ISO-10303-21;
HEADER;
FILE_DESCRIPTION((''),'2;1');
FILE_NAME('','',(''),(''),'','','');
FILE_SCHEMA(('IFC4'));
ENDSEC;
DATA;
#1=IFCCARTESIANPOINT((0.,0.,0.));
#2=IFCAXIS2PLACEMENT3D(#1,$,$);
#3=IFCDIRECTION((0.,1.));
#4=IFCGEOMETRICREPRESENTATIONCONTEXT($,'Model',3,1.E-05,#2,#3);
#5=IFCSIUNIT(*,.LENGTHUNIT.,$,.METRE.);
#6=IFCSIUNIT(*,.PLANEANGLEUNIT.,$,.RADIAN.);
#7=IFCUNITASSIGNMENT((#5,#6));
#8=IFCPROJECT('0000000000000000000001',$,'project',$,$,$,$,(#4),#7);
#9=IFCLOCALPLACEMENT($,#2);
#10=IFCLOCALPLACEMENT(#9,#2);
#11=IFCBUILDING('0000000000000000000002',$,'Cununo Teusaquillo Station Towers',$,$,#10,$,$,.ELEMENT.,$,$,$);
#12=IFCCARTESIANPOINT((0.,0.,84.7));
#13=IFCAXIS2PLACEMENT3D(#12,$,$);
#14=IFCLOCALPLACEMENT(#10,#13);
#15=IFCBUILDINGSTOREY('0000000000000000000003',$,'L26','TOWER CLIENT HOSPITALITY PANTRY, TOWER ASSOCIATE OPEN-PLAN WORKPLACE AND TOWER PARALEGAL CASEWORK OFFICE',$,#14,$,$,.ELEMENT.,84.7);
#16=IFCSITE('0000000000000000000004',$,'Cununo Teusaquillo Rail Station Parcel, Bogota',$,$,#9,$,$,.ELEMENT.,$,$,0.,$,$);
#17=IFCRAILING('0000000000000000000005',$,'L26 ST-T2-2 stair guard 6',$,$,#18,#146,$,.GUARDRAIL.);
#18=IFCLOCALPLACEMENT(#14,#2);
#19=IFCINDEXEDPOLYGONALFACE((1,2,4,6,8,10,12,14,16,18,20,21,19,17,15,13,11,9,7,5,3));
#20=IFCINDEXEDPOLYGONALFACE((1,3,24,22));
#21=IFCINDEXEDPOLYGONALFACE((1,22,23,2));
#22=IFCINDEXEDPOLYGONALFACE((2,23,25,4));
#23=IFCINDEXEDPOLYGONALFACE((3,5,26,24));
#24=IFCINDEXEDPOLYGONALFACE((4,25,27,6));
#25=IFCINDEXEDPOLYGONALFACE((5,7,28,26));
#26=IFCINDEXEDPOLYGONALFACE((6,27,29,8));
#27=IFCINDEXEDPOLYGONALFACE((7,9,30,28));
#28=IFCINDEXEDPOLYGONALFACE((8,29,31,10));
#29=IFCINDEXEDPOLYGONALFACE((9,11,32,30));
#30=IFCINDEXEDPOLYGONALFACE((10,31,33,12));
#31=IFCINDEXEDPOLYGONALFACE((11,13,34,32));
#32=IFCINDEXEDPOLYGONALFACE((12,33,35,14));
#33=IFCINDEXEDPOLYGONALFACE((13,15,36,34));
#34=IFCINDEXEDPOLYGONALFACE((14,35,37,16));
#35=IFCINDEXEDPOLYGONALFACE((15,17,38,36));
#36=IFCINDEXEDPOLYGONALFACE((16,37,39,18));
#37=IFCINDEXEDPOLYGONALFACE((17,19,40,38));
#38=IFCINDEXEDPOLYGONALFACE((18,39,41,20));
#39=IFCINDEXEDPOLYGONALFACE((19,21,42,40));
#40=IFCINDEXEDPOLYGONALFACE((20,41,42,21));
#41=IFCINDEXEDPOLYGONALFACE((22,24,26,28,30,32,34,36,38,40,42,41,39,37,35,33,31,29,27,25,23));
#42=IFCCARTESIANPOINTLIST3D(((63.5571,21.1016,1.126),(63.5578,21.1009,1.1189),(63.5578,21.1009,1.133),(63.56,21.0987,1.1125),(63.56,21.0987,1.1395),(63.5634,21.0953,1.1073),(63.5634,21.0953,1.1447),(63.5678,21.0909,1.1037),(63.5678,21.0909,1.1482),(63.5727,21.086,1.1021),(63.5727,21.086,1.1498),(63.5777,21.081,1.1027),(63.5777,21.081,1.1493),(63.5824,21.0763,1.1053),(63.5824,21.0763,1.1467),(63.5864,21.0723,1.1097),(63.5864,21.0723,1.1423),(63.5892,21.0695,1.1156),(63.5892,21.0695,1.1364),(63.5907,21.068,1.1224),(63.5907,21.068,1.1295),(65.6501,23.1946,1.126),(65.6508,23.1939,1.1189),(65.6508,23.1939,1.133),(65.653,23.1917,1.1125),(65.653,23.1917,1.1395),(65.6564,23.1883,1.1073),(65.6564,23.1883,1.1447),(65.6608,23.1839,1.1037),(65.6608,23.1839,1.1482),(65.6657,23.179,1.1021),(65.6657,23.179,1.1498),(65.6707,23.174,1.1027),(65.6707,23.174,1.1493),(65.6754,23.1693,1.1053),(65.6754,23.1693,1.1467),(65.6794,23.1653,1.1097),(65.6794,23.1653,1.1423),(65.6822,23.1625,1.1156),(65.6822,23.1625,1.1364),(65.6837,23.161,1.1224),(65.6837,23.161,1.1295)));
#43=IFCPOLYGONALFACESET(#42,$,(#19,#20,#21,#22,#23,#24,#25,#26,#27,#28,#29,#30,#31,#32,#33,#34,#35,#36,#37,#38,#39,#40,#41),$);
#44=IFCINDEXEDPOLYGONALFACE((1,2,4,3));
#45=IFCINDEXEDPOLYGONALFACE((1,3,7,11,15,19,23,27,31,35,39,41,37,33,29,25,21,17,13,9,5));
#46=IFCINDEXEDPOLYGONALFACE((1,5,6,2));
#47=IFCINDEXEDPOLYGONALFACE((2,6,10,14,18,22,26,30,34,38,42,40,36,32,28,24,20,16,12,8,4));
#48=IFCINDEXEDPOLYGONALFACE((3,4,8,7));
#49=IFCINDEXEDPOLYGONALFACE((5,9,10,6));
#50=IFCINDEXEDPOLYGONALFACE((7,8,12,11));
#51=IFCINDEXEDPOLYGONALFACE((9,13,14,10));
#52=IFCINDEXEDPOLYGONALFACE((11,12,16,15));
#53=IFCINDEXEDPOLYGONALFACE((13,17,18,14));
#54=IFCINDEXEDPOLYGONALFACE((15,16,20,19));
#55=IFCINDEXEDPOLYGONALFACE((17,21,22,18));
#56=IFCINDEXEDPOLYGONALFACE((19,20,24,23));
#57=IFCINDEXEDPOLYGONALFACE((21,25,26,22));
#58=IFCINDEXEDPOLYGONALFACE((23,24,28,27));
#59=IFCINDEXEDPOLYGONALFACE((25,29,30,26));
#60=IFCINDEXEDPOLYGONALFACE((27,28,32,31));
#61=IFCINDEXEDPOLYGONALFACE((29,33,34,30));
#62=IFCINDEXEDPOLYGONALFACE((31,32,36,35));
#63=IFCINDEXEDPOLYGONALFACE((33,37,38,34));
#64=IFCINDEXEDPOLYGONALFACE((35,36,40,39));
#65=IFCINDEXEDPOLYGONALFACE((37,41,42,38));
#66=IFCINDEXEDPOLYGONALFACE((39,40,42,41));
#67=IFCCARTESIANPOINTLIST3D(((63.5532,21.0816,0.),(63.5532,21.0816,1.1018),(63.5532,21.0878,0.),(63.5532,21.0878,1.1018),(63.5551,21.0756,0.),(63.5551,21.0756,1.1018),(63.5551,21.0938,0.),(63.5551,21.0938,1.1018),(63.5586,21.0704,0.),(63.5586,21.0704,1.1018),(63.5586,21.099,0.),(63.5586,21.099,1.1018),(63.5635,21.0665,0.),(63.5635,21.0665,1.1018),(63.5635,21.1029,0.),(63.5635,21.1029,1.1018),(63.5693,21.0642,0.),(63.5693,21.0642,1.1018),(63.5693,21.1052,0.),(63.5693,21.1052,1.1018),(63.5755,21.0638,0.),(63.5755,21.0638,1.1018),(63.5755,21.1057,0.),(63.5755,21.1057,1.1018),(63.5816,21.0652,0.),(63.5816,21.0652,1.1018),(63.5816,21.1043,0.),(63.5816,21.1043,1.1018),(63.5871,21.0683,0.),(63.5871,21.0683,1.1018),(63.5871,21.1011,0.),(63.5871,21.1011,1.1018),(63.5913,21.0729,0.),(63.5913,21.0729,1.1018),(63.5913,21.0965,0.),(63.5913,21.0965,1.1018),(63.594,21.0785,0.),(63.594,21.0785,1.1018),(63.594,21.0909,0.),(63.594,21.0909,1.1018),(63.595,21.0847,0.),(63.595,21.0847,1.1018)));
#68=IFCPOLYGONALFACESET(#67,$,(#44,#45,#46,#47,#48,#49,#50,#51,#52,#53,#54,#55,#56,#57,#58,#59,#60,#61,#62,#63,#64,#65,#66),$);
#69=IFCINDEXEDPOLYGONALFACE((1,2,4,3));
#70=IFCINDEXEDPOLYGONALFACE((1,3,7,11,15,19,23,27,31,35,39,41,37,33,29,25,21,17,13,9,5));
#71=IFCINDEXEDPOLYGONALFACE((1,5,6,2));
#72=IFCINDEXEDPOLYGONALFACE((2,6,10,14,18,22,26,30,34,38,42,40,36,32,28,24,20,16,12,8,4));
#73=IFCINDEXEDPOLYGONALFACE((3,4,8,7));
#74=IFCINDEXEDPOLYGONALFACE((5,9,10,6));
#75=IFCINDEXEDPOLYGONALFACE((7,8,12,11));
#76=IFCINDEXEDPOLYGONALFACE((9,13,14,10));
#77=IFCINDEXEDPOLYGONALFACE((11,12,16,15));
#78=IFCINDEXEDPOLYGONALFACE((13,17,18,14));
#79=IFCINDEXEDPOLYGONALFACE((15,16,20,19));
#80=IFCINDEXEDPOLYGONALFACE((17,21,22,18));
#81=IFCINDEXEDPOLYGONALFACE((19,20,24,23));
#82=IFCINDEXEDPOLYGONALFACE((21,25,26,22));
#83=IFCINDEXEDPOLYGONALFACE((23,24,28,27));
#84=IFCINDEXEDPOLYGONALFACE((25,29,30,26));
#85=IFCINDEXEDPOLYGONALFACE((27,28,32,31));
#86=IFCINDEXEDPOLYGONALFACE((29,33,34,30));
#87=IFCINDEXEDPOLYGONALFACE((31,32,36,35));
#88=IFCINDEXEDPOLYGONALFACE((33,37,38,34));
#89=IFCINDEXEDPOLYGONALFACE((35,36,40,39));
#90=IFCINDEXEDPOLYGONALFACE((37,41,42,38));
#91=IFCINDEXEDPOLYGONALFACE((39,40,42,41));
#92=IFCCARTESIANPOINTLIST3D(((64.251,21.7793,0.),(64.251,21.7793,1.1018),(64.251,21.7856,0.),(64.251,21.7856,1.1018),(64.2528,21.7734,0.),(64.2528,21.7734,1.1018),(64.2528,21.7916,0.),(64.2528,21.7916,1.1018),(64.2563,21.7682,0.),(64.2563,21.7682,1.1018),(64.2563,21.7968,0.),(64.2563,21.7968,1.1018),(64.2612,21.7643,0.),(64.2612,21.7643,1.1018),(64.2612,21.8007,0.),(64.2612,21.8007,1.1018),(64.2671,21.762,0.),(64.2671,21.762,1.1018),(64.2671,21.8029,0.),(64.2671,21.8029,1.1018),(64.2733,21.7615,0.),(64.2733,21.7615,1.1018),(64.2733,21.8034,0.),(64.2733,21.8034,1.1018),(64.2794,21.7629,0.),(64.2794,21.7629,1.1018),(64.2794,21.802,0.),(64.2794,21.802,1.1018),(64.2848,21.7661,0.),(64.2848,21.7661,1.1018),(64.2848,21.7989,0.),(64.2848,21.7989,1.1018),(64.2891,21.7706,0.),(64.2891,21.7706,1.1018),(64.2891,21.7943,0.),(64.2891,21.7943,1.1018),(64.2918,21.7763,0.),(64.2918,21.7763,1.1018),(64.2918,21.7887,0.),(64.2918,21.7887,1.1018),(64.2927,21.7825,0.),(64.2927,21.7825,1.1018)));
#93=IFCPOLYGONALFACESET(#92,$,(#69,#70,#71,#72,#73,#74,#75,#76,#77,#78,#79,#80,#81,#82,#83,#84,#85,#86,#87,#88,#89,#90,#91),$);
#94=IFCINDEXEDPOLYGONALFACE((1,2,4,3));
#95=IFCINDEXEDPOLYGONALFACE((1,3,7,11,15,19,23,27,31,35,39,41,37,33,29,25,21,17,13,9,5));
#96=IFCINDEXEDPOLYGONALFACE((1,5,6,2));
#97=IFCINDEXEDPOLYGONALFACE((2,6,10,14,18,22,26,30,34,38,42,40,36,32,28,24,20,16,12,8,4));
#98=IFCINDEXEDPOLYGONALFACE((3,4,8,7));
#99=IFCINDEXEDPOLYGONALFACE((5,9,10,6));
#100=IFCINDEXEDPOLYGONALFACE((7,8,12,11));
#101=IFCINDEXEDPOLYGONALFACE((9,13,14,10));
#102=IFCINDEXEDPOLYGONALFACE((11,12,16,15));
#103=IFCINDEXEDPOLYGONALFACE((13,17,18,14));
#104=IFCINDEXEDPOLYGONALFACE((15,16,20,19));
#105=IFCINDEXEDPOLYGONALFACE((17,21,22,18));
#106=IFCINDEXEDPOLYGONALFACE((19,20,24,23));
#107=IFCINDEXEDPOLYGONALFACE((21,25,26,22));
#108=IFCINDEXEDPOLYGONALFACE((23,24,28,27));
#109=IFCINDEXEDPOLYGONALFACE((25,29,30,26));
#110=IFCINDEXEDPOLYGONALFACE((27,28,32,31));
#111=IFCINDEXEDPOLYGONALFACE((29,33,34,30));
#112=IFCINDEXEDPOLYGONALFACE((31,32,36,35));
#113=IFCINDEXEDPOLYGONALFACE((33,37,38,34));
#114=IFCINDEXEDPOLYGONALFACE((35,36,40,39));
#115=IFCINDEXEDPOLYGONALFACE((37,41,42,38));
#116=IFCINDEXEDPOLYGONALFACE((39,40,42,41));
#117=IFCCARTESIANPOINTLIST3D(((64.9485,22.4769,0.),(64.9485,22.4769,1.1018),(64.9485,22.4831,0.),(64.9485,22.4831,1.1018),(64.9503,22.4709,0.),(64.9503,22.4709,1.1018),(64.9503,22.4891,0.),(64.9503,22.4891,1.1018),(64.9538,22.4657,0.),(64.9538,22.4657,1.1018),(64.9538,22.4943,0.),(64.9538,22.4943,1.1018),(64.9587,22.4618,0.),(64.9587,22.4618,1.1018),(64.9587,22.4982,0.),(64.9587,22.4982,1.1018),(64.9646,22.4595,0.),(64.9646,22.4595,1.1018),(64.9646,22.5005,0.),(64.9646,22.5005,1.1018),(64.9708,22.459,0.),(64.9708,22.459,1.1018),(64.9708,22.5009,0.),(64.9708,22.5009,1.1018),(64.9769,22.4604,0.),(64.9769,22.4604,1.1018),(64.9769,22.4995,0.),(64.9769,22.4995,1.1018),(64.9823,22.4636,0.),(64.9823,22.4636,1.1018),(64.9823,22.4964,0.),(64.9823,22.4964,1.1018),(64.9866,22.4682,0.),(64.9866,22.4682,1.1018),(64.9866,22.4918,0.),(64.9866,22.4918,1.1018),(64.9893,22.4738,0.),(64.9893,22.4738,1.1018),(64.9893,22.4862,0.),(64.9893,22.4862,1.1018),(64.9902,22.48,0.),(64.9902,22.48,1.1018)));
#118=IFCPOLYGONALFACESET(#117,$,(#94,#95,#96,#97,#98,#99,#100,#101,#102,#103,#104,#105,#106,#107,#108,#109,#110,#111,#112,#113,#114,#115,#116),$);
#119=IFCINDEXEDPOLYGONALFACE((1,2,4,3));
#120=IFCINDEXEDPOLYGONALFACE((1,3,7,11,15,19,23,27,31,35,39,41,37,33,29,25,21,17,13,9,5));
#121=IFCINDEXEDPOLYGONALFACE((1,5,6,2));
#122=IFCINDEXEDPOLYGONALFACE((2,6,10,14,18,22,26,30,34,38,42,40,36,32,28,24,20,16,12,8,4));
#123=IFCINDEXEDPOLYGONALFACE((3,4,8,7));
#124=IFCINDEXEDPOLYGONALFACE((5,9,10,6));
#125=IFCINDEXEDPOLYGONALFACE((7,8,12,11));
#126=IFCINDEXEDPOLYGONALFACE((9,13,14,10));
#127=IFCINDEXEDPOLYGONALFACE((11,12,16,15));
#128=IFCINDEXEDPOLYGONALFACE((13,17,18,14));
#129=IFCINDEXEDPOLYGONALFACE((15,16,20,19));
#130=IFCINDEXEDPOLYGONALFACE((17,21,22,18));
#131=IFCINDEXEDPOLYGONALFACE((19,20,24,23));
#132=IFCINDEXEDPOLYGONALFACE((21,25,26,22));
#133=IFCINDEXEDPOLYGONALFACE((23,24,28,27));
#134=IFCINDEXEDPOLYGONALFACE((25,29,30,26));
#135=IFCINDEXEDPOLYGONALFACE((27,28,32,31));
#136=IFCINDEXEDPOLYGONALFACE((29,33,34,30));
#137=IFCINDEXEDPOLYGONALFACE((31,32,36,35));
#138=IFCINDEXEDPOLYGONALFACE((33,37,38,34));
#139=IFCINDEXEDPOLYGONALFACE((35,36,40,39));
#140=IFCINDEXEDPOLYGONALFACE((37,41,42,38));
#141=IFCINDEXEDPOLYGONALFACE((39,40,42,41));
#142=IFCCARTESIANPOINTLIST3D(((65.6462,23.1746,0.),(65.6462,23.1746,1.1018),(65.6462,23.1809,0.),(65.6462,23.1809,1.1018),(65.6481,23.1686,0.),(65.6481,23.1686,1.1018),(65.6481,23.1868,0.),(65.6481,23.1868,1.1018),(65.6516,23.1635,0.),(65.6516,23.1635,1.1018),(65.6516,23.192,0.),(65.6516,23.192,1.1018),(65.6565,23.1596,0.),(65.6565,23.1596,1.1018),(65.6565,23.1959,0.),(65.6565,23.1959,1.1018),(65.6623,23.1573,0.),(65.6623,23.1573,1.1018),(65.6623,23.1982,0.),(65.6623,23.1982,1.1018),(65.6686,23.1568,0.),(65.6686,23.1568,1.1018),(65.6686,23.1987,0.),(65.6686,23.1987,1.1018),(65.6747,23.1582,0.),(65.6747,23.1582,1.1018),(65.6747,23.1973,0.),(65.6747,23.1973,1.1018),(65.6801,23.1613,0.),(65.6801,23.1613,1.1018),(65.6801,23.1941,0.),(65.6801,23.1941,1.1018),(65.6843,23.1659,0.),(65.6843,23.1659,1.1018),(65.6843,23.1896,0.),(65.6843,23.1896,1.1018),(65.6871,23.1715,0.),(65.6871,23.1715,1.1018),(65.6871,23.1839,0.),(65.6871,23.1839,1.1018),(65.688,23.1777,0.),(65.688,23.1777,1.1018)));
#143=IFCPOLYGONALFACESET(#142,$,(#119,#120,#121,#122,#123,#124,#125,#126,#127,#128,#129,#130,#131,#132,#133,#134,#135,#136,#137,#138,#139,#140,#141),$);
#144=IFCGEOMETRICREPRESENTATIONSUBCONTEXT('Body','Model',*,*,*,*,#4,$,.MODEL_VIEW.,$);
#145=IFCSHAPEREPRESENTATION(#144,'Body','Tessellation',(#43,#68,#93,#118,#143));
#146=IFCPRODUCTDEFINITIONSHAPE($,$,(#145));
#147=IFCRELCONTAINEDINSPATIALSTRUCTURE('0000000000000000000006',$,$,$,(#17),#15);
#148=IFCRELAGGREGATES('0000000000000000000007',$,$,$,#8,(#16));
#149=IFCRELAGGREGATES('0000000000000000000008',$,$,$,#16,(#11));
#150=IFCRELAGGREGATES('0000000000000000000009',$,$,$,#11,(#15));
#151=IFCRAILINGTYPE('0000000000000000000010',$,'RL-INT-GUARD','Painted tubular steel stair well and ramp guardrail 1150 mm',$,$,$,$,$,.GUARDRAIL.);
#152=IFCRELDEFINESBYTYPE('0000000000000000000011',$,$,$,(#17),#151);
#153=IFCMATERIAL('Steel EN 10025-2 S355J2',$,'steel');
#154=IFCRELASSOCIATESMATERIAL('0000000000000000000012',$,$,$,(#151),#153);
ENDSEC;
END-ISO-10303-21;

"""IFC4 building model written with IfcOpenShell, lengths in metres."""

from ifc_helpers import new_model, si_unit, direction, frame, origin, origin_2d, place, context, subcontext, project, spatial, circle, extrude, material, type_object, element, save


model = new_model("IFC4")

# Units and contexts
model_context = context("Model", 3, precision=1e-05, world=origin(), true_north=direction((0.0, 1.0)))
body_context = subcontext(model_context, "Body", "Model", "MODEL_VIEW")
ifc_project = project(units=[si_unit("LENGTHUNIT", "METRE"), si_unit("PLANEANGLEUNIT", "RADIAN")], contexts=[model_context])

# Site, building, storey
site_placement = place(None, origin())
site = spatial("IfcSite", under=ifc_project, at=site_placement, Name="Cununo Teusaquillo Rail Station Parcel, Bogota", CompositionType="ELEMENT", RefElevation=0.0)
building_placement = place(site_placement, origin())
building = spatial("IfcBuilding", under=site, at=building_placement, Name="Cununo Teusaquillo Station Towers", CompositionType="ELEMENT")
storey_placement = place(building_placement, frame((0.0, 0.0, 84.7)))
storey = spatial("IfcBuildingStorey", under=building, at=storey_placement, Name="L26", Description="TOWER CLIENT HOSPITALITY PANTRY, TOWER ASSOCIATE OPEN-PLAN WORKPLACE AND TOWER PARALEGAL CASEWORK OFFICE", CompositionType="ELEMENT", Elevation=84.7)

# Railing
ifc_material_1 = material(Name="Steel EN 10025-2 S355J2", Category="steel")
railing_type = type_object("IfcRailingType", Name="RL-INT-GUARD", Description="Painted tubular steel stair well and ramp guardrail 1150 mm", PredefinedType="GUARDRAIL", material=ifc_material_1)
railing_1_placement = place(storey_placement, frame((63.574, 21.0847, 0.0)))
element("IfcRailing", 1, at=railing_1_placement, inside=storey, type_object=railing_type, Name="L26 ST-T2-2 stair guard 6", PredefinedType="GUARDRAIL", context=body_context, shape_type="SweptSolid", body=[
    extrude(circle(Radius=0.0239, at=origin_2d()), frame((0.0, 0.0, 1.126), z_axis=(0.707107, 0.707107, 0.0), x_axis=(-0.707107, 0.707107, 0.0)), (0.0, 0.0, 1.0), 2.96),
    extrude(circle(Radius=0.021, at=origin_2d()), origin(), (0.0, 0.0, 1.0), 1.1018),
    extrude(circle(Radius=0.021, at=origin_2d()), frame((0.6978, 0.6978, 0.0)), (0.0, 0.0, 1.0), 1.1018),
    extrude(circle(Radius=0.021, at=origin_2d()), frame((1.3953, 1.3953, 0.0)), (0.0, 0.0, 1.0), 1.1018),
    extrude(circle(Radius=0.021, at=origin_2d()), frame((2.093, 2.093, 0.0)), (0.0, 0.0, 1.0), 1.1018),
])

save(model, "model.ifc")
